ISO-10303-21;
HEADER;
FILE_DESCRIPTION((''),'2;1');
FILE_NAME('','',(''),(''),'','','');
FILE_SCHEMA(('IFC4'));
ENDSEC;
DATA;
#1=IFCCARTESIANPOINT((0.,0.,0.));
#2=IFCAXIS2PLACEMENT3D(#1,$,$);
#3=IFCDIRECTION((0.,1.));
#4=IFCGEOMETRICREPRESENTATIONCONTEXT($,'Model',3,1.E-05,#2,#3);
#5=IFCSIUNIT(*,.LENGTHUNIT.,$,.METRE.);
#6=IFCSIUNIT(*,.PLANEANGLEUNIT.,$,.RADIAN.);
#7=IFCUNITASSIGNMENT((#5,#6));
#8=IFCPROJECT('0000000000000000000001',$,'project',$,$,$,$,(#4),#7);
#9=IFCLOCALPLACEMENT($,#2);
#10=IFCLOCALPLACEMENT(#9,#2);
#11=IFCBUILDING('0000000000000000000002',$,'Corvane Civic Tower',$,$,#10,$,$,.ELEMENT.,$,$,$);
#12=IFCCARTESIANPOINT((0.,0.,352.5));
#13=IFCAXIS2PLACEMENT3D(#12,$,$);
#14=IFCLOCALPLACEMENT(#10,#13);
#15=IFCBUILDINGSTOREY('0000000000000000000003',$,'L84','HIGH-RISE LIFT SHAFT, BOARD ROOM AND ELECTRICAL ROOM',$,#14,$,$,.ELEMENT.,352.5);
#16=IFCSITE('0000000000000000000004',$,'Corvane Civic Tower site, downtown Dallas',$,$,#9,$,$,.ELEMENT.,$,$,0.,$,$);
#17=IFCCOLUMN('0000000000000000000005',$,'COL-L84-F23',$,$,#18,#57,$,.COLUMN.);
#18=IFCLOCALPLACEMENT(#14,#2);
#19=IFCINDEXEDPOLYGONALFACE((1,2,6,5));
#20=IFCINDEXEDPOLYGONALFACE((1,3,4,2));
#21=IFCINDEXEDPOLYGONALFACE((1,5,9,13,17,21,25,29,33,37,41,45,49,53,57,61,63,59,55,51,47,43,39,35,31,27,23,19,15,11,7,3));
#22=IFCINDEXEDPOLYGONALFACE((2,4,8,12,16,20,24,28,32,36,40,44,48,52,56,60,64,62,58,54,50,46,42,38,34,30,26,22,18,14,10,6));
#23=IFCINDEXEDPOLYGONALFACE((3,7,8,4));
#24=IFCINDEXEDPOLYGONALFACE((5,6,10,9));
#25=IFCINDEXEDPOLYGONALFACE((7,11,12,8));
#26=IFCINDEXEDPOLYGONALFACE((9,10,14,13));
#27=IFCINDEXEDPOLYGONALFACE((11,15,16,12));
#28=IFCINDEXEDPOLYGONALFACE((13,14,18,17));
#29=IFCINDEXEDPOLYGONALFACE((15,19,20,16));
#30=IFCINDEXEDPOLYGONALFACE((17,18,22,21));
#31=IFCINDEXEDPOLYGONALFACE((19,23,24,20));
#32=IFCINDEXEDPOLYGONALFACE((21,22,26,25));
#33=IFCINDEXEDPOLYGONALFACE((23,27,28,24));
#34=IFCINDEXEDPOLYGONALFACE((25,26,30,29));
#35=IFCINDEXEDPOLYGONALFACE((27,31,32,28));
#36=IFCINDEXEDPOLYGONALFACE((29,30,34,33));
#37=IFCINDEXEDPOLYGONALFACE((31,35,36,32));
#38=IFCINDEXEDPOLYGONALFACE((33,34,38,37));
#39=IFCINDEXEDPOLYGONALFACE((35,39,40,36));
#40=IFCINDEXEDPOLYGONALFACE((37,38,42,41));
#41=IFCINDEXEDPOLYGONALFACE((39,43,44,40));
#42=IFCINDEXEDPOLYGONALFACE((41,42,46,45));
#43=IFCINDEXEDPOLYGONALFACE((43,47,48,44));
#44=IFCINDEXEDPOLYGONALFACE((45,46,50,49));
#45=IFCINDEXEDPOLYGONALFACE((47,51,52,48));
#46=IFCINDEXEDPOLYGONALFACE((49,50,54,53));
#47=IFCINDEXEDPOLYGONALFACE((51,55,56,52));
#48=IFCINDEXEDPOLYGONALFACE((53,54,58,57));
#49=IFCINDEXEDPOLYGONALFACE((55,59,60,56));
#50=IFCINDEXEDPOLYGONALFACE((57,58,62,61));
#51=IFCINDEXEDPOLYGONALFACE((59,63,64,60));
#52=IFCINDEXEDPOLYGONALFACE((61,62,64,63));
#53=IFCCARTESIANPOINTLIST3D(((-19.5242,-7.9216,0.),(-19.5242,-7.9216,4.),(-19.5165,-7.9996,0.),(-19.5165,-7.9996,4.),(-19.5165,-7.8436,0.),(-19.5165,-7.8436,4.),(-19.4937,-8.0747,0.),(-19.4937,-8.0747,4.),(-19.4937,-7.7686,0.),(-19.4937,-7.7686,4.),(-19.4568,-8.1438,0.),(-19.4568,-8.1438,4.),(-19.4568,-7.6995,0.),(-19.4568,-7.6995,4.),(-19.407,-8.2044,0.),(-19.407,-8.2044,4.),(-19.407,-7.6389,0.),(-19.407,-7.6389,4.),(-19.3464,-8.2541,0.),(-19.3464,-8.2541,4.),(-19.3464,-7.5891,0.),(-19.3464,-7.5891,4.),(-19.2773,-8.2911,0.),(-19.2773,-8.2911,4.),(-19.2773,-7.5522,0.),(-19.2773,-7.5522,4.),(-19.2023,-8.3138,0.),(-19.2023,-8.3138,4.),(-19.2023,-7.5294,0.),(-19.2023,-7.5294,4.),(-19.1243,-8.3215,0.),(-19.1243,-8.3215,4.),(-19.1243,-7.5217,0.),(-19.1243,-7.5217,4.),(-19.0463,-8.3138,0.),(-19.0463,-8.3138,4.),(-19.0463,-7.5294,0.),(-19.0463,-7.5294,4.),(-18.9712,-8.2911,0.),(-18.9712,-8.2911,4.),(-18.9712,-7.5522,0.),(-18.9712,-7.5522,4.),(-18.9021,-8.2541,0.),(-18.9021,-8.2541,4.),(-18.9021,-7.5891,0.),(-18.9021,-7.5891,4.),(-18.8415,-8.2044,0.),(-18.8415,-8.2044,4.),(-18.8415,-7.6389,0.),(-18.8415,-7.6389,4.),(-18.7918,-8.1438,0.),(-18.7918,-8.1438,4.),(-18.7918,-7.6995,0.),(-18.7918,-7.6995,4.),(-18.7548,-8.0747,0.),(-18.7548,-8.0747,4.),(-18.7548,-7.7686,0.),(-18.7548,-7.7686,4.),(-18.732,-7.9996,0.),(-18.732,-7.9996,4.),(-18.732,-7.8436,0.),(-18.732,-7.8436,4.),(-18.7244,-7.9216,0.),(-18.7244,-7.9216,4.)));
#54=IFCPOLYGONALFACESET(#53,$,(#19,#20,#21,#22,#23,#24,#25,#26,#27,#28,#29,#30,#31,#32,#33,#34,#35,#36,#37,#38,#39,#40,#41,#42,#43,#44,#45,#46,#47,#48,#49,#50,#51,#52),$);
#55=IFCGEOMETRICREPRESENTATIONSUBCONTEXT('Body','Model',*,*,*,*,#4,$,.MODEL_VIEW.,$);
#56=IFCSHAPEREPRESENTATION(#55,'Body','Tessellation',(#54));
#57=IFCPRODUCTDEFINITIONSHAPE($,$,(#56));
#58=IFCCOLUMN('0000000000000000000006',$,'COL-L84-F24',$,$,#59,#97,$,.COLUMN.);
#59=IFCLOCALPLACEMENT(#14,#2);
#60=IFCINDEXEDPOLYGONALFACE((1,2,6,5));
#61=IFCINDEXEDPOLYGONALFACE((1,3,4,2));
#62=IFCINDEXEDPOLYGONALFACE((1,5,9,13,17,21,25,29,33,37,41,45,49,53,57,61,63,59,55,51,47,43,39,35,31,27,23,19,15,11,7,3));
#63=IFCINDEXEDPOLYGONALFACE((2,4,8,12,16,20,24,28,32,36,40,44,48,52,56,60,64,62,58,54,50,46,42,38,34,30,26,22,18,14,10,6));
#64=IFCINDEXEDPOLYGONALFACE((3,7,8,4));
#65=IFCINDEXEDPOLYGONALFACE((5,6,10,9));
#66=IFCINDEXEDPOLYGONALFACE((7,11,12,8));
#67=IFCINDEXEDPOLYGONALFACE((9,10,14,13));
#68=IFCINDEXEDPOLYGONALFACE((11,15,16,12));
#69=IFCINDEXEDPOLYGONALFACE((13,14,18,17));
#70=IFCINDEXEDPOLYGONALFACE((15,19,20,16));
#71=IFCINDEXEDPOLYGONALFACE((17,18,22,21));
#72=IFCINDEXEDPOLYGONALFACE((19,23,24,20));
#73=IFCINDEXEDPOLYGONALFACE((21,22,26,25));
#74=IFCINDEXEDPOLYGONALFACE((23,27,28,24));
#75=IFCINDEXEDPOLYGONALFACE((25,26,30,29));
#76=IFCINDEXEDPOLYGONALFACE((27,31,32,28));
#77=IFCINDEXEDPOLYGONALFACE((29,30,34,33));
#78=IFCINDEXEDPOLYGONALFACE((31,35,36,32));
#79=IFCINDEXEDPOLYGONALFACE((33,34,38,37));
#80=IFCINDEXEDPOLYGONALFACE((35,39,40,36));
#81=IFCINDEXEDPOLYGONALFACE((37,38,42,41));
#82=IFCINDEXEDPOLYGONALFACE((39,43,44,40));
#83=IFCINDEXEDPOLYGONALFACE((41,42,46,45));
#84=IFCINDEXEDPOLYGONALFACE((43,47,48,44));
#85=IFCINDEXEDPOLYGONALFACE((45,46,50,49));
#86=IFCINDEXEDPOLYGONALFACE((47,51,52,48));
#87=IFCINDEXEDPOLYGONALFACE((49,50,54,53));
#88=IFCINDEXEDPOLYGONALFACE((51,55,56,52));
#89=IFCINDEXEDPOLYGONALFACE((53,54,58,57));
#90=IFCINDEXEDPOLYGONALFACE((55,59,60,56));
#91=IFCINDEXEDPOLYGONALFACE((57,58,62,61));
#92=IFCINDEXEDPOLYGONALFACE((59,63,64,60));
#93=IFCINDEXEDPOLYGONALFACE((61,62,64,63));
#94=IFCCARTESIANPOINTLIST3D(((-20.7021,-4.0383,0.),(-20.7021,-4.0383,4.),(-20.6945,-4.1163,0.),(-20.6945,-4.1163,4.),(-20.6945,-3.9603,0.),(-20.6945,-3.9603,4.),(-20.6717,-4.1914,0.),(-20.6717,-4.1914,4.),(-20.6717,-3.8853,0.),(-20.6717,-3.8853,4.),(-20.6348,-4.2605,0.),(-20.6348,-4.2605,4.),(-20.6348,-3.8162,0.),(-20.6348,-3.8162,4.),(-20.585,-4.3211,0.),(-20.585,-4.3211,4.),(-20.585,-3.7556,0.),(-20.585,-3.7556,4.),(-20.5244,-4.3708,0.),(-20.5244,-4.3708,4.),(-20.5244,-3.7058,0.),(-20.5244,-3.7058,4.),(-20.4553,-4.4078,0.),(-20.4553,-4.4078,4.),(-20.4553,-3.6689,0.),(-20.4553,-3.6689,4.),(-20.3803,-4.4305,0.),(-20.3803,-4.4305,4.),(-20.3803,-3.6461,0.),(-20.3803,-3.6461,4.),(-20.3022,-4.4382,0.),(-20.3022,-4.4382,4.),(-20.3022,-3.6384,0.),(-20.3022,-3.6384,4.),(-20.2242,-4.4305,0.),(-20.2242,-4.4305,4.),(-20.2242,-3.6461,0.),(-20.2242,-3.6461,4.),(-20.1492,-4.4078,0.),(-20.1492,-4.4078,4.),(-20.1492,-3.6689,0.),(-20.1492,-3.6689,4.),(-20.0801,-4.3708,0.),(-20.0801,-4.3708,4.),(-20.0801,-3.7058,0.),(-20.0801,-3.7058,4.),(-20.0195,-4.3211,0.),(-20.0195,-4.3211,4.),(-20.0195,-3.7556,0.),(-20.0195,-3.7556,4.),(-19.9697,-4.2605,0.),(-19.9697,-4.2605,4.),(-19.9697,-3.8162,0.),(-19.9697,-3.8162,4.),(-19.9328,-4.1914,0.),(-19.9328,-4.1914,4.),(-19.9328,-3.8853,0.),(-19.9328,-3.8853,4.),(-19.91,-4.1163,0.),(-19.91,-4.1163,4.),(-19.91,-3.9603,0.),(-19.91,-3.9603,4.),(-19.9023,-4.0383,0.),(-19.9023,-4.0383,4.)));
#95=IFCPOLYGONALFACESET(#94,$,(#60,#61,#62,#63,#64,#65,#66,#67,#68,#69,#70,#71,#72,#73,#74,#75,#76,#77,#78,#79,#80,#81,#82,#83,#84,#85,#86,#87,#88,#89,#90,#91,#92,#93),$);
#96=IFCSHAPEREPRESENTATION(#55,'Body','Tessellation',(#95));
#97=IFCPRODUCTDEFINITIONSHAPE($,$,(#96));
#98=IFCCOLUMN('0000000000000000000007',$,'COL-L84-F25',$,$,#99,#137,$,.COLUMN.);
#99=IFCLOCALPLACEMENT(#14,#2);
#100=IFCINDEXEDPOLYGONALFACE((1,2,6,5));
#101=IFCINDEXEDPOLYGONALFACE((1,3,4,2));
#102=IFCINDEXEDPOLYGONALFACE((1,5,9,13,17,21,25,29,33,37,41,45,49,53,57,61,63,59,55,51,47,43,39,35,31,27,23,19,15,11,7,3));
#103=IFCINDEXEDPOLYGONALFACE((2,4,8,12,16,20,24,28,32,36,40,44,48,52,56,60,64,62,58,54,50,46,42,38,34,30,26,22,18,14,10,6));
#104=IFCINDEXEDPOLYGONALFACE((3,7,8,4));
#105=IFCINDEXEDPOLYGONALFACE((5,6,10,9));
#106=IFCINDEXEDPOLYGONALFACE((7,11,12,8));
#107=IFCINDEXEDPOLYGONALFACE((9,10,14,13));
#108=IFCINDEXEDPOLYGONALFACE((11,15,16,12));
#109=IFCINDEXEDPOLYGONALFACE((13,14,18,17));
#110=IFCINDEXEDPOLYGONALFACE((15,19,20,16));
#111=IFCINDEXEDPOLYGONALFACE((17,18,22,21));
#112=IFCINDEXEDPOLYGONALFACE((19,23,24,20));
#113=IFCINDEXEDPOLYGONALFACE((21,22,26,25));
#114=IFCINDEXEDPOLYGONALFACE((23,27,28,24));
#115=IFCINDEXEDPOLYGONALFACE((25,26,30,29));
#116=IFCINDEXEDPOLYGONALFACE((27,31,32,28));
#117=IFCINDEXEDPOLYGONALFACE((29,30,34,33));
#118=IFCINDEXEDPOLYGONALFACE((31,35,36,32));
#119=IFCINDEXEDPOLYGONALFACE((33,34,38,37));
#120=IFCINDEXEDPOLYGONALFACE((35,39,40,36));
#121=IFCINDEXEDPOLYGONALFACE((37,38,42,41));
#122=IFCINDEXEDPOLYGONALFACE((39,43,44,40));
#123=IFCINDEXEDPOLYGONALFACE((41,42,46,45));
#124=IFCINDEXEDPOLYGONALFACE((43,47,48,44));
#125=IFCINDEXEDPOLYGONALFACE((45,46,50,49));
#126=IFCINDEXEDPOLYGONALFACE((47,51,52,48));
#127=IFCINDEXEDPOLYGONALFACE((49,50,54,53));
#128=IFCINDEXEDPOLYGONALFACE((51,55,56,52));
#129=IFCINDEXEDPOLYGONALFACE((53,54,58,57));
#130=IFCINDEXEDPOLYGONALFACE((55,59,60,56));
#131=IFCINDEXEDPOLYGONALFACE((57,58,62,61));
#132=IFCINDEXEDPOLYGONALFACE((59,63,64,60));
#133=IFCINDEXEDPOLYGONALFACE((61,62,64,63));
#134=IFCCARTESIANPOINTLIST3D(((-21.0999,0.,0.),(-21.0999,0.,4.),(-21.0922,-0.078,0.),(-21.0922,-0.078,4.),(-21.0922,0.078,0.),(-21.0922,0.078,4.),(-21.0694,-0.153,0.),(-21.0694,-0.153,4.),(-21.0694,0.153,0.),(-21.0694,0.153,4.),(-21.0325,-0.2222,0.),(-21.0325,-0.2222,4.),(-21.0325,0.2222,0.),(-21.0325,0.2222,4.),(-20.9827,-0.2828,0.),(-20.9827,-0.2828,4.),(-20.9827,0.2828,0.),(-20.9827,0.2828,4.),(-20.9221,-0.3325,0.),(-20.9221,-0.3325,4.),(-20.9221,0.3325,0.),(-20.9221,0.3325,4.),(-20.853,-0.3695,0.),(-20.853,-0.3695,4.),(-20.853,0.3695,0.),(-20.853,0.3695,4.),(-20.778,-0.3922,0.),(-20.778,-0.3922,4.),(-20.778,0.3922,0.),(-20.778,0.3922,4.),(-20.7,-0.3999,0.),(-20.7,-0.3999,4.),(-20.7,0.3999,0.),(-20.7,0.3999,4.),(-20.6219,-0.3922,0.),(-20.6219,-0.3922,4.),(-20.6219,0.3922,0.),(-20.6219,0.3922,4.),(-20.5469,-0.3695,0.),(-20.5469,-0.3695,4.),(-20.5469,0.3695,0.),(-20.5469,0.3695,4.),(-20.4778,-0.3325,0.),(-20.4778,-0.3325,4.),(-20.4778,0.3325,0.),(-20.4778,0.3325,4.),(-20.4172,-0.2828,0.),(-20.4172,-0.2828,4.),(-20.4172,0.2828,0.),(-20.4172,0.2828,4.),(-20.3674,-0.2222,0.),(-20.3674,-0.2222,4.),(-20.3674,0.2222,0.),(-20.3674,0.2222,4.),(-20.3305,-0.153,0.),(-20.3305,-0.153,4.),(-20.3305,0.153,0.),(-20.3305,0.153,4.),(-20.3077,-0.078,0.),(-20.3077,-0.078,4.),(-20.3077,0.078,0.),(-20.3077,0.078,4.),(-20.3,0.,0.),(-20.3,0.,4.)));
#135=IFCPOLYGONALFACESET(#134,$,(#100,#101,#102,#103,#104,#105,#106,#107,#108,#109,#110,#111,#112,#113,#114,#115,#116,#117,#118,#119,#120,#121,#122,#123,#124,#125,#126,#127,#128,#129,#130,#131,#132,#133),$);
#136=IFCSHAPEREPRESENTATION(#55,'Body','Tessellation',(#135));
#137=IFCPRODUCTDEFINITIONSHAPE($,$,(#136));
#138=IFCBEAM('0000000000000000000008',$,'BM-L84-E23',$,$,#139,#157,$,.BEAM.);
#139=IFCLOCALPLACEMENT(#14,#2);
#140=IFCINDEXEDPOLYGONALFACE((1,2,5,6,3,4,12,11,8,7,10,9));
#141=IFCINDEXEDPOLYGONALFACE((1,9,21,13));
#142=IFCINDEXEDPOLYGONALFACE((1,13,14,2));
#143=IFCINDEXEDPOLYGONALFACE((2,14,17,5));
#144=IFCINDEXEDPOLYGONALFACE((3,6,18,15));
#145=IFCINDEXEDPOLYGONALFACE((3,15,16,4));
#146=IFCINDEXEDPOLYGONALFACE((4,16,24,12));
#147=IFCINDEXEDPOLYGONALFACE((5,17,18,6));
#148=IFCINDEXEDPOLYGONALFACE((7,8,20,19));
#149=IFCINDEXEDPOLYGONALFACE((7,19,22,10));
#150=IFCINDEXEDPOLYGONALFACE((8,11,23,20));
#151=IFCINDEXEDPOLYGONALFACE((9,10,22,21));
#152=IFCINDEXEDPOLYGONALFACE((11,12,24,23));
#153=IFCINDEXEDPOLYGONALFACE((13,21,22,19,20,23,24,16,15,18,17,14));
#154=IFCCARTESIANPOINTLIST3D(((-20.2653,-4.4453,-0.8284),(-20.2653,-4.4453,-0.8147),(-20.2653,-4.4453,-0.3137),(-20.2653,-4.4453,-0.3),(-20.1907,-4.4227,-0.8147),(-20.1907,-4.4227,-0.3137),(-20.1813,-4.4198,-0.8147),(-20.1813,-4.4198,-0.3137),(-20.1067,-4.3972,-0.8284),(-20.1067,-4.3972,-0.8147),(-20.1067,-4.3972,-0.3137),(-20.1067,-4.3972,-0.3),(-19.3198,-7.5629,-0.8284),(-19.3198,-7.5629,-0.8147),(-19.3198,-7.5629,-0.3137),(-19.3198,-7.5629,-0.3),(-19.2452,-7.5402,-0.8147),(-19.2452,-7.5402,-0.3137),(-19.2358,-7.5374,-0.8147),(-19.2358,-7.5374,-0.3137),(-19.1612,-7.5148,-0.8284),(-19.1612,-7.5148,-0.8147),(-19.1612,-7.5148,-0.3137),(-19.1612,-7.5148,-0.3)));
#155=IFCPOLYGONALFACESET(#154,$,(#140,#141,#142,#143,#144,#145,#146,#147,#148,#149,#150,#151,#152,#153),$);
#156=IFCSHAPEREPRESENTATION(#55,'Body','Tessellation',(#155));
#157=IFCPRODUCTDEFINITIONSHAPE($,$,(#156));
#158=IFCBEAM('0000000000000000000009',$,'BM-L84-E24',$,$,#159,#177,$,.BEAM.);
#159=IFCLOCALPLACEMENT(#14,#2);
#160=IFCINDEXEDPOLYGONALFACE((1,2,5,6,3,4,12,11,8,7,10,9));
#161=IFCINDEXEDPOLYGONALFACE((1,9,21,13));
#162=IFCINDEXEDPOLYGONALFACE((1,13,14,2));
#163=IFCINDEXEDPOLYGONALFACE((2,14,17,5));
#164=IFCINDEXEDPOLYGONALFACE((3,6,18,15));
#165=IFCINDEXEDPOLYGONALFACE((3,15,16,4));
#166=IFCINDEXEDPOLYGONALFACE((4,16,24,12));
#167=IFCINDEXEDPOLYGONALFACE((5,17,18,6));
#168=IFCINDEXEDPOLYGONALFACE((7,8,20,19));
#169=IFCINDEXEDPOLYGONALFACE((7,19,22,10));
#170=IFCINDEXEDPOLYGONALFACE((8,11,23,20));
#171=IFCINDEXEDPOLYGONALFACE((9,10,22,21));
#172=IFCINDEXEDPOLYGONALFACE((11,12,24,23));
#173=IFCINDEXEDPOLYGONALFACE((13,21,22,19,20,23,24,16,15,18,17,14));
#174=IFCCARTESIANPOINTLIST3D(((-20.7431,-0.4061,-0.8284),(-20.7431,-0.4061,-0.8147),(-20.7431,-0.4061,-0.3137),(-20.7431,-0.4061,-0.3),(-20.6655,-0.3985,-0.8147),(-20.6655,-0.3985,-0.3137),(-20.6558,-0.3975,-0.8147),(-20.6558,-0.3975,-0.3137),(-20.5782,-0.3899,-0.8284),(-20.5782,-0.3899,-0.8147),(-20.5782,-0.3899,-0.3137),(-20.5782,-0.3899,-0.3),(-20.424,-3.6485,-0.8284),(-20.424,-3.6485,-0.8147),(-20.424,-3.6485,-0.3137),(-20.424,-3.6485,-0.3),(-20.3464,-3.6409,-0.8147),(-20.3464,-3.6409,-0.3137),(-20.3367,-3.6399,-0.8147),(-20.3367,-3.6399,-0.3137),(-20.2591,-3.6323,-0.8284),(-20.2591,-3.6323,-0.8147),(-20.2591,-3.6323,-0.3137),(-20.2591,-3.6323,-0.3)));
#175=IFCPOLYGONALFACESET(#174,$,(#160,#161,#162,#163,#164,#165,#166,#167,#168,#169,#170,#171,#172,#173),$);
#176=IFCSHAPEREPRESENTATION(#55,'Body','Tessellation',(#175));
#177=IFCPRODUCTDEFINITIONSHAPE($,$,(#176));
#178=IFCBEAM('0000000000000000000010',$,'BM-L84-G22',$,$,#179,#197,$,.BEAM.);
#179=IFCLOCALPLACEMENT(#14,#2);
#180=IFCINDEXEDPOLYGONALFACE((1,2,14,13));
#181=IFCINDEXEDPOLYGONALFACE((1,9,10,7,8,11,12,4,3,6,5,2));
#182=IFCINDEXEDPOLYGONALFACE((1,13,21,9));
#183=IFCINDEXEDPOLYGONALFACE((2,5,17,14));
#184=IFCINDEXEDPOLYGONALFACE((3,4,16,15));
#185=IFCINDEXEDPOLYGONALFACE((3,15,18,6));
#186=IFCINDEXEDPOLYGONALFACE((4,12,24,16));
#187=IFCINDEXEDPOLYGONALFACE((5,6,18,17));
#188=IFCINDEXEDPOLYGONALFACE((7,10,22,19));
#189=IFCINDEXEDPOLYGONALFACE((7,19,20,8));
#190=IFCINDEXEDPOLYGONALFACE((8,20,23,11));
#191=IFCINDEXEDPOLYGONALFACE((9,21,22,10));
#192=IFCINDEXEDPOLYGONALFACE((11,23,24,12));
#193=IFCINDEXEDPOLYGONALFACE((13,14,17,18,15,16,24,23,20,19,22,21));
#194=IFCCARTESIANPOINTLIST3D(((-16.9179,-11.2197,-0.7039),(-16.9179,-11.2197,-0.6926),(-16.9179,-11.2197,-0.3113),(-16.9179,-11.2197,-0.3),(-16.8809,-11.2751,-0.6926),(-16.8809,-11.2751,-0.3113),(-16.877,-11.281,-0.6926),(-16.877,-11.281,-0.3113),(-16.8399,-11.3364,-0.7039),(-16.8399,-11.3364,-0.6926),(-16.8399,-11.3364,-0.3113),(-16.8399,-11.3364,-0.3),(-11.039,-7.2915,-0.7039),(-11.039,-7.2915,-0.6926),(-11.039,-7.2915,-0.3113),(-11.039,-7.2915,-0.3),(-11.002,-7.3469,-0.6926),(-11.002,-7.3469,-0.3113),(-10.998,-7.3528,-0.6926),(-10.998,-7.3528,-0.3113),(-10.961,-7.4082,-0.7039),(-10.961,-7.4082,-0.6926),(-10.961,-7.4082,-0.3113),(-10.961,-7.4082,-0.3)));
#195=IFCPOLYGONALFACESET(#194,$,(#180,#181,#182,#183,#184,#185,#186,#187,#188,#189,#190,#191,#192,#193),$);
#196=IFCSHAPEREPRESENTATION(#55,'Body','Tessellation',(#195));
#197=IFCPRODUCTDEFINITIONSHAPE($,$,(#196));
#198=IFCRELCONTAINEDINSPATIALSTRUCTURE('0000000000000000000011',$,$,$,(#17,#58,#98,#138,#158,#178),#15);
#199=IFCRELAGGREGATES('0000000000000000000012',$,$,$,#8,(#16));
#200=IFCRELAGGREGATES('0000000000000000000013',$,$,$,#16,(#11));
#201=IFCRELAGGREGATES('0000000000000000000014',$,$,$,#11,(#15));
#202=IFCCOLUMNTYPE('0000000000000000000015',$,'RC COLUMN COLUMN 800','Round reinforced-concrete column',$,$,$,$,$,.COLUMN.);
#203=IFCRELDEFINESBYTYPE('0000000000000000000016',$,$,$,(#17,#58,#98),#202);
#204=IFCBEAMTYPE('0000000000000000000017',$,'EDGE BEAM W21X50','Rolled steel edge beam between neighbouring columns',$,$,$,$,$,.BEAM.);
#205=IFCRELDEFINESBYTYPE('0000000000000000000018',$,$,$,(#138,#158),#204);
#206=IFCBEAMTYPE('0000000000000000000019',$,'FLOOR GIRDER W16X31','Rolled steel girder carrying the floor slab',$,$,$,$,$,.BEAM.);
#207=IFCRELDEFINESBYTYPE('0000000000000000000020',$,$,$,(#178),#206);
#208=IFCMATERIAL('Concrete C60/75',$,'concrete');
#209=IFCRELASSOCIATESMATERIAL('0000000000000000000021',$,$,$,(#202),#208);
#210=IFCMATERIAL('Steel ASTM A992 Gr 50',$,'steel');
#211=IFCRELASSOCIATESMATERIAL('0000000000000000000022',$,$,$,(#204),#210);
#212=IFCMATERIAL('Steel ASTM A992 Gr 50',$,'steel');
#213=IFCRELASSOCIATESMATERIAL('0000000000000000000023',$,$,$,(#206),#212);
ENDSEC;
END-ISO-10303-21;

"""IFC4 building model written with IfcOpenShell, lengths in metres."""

from ifc_helpers import new_model, si_unit, direction, frame, origin, origin_2d, place, context, subcontext, project, spatial, circle, i_section, extrude, material, material_profile, profile_set, type_object, element, save


model = new_model("IFC4")

# Units and contexts
model_context = context("Model", 3, precision=1e-05, world=origin(), true_north=direction((0.0, 1.0)))
body_context = subcontext(model_context, "Body", "Model", "MODEL_VIEW")
ifc_project = project(units=[si_unit("LENGTHUNIT", "METRE"), si_unit("PLANEANGLEUNIT", "RADIAN")], contexts=[model_context])

# Site, building, storey
site_placement = place(None, origin())
site = spatial("IfcSite", under=ifc_project, at=site_placement, Name="Corvane Civic Tower site, downtown Dallas", CompositionType="ELEMENT", RefElevation=0.0)
building_placement = place(site_placement, origin())
building = spatial("IfcBuilding", under=site, at=building_placement, Name="Corvane Civic Tower", CompositionType="ELEMENT")
storey_placement = place(building_placement, frame((0.0, 0.0, 352.5)))
storey = spatial("IfcBuildingStorey", under=building, at=storey_placement, Name="L84", Description="HIGH-RISE LIFT SHAFT, BOARD ROOM AND ELECTRICAL ROOM", CompositionType="ELEMENT", Elevation=352.5)

# Columns
ifc_material_1 = material(Name="Concrete C60/75", Category="concrete")
ifc_material_profile_1 = material_profile(ifc_material_1, circle(Radius=0.3999, at=origin_2d()), Name="COLUMN 800")
ifc_profile_set_1 = profile_set([ifc_material_profile_1], Name="Concrete C60/75")
column_type = type_object("IfcColumnType", Name="RC COLUMN COLUMN 800", Description="Round reinforced-concrete column", PredefinedType="COLUMN", material=ifc_profile_set_1)
for number, where, z_axis, x_axis, name in (
    (1, (-19.1243, -7.9216, 0.0), (0.0, 0.0, 1.0), (1.0, 0.0, 0.0), "COL-L84-F23"),
    (2, (-20.3022, -4.0383, 0.0), (0.0, 0.0, 1.0), (1.0, 0.0, 0.0), "COL-L84-F24"),
    (3, (-20.7, 0.0, 0.0), (0.0, 0.0, 1.0), (1.0, 0.0, 0.0), "COL-L84-F25"),
):
    element("IfcColumn", number, at=place(storey_placement, frame(where, z_axis=z_axis, x_axis=x_axis)), inside=storey, type_object=column_type, Name=name, PredefinedType="COLUMN", context=body_context, shape_type="SweptSolid", body=[
        extrude(circle(Radius=0.3999, at=origin_2d()), origin(), (0.0, 0.0, 1.0), 4.0),
    ])

# Beams
ifc_material_2 = material(Name="Steel ASTM A992 Gr 50", Category="steel")
ifc_material_profile_2 = material_profile(ifc_material_2, i_section(OverallWidth=0.1658, OverallDepth=0.5283, WebThickness=0.0098, FlangeThickness=0.0137, at=origin_2d()), Name="W21X50")
ifc_profile_set_2 = profile_set([ifc_material_profile_2], Name="Steel ASTM A992 Gr 50")
beam_type_1 = type_object("IfcBeamType", Name="EDGE BEAM W21X50", Description="Rolled steel edge beam between neighbouring columns", PredefinedType="BEAM", material=ifc_profile_set_2)
beam_1_placement = place(storey_placement, frame((-19.2405, -7.5388, -0.5642), z_axis=(-0.290234, 0.956956, 0.0), x_axis=(-0.956956, -0.290234, 0.0)))
element("IfcBeam", 4, at=beam_1_placement, inside=storey, type_object=beam_type_1, Name="BM-L84-E23", PredefinedType="BEAM", context=body_context, shape_type="SweptSolid", body=[
    extrude(i_section(OverallWidth=0.1658, OverallDepth=0.5283, WebThickness=0.0098, FlangeThickness=0.0137, at=origin_2d()), origin(), (0.0, 0.0, 1.0), 3.2578),
])
beam_2_placement = place(storey_placement, frame((-20.3416, -3.6404, -0.5642), z_axis=(-0.097938, 0.995193, 0.0), x_axis=(-0.995193, -0.097938, 0.0)))
element("IfcBeam", 5, at=beam_2_placement, inside=storey, type_object=beam_type_1, Name="BM-L84-E24", PredefinedType="BEAM", context=body_context, shape_type="SweptSolid", body=[
    extrude(i_section(OverallWidth=0.1658, OverallDepth=0.5283, WebThickness=0.0098, FlangeThickness=0.0137, at=origin_2d()), origin(), (0.0, 0.0, 1.0), 3.2581),
])
ifc_material_3 = material(Name="Steel ASTM A992 Gr 50", Category="steel")
ifc_material_profile_3 = material_profile(ifc_material_3, i_section(OverallWidth=0.1404, OverallDepth=0.4038, WebThickness=0.0071, FlangeThickness=0.0112, at=origin_2d()), Name="W16X31")
ifc_profile_set_3 = profile_set([ifc_material_profile_3], Name="Steel ASTM A992 Gr 50")
beam_type_2 = type_object("IfcBeamType", Name="FLOOR GIRDER W16X31", Description="Rolled steel girder carrying the floor slab", PredefinedType="BEAM", material=ifc_profile_set_3)
beam_3_placement = place(storey_placement, frame((-11.0, -7.3499, -0.502), z_axis=(-0.831465, -0.555576, 0.0), x_axis=(0.555576, -0.831465, 0.0)))
element("IfcBeam", 6, at=beam_3_placement, inside=storey, type_object=beam_type_2, Name="BM-L84-G22", PredefinedType="BEAM", context=body_context, shape_type="SweptSolid", body=[
    extrude(i_section(OverallWidth=0.1404, OverallDepth=0.4038, WebThickness=0.0071, FlangeThickness=0.0112, at=origin_2d()), origin(), (0.0, 0.0, 1.0), 7.0706),
])

save(model, "model.ifc")
